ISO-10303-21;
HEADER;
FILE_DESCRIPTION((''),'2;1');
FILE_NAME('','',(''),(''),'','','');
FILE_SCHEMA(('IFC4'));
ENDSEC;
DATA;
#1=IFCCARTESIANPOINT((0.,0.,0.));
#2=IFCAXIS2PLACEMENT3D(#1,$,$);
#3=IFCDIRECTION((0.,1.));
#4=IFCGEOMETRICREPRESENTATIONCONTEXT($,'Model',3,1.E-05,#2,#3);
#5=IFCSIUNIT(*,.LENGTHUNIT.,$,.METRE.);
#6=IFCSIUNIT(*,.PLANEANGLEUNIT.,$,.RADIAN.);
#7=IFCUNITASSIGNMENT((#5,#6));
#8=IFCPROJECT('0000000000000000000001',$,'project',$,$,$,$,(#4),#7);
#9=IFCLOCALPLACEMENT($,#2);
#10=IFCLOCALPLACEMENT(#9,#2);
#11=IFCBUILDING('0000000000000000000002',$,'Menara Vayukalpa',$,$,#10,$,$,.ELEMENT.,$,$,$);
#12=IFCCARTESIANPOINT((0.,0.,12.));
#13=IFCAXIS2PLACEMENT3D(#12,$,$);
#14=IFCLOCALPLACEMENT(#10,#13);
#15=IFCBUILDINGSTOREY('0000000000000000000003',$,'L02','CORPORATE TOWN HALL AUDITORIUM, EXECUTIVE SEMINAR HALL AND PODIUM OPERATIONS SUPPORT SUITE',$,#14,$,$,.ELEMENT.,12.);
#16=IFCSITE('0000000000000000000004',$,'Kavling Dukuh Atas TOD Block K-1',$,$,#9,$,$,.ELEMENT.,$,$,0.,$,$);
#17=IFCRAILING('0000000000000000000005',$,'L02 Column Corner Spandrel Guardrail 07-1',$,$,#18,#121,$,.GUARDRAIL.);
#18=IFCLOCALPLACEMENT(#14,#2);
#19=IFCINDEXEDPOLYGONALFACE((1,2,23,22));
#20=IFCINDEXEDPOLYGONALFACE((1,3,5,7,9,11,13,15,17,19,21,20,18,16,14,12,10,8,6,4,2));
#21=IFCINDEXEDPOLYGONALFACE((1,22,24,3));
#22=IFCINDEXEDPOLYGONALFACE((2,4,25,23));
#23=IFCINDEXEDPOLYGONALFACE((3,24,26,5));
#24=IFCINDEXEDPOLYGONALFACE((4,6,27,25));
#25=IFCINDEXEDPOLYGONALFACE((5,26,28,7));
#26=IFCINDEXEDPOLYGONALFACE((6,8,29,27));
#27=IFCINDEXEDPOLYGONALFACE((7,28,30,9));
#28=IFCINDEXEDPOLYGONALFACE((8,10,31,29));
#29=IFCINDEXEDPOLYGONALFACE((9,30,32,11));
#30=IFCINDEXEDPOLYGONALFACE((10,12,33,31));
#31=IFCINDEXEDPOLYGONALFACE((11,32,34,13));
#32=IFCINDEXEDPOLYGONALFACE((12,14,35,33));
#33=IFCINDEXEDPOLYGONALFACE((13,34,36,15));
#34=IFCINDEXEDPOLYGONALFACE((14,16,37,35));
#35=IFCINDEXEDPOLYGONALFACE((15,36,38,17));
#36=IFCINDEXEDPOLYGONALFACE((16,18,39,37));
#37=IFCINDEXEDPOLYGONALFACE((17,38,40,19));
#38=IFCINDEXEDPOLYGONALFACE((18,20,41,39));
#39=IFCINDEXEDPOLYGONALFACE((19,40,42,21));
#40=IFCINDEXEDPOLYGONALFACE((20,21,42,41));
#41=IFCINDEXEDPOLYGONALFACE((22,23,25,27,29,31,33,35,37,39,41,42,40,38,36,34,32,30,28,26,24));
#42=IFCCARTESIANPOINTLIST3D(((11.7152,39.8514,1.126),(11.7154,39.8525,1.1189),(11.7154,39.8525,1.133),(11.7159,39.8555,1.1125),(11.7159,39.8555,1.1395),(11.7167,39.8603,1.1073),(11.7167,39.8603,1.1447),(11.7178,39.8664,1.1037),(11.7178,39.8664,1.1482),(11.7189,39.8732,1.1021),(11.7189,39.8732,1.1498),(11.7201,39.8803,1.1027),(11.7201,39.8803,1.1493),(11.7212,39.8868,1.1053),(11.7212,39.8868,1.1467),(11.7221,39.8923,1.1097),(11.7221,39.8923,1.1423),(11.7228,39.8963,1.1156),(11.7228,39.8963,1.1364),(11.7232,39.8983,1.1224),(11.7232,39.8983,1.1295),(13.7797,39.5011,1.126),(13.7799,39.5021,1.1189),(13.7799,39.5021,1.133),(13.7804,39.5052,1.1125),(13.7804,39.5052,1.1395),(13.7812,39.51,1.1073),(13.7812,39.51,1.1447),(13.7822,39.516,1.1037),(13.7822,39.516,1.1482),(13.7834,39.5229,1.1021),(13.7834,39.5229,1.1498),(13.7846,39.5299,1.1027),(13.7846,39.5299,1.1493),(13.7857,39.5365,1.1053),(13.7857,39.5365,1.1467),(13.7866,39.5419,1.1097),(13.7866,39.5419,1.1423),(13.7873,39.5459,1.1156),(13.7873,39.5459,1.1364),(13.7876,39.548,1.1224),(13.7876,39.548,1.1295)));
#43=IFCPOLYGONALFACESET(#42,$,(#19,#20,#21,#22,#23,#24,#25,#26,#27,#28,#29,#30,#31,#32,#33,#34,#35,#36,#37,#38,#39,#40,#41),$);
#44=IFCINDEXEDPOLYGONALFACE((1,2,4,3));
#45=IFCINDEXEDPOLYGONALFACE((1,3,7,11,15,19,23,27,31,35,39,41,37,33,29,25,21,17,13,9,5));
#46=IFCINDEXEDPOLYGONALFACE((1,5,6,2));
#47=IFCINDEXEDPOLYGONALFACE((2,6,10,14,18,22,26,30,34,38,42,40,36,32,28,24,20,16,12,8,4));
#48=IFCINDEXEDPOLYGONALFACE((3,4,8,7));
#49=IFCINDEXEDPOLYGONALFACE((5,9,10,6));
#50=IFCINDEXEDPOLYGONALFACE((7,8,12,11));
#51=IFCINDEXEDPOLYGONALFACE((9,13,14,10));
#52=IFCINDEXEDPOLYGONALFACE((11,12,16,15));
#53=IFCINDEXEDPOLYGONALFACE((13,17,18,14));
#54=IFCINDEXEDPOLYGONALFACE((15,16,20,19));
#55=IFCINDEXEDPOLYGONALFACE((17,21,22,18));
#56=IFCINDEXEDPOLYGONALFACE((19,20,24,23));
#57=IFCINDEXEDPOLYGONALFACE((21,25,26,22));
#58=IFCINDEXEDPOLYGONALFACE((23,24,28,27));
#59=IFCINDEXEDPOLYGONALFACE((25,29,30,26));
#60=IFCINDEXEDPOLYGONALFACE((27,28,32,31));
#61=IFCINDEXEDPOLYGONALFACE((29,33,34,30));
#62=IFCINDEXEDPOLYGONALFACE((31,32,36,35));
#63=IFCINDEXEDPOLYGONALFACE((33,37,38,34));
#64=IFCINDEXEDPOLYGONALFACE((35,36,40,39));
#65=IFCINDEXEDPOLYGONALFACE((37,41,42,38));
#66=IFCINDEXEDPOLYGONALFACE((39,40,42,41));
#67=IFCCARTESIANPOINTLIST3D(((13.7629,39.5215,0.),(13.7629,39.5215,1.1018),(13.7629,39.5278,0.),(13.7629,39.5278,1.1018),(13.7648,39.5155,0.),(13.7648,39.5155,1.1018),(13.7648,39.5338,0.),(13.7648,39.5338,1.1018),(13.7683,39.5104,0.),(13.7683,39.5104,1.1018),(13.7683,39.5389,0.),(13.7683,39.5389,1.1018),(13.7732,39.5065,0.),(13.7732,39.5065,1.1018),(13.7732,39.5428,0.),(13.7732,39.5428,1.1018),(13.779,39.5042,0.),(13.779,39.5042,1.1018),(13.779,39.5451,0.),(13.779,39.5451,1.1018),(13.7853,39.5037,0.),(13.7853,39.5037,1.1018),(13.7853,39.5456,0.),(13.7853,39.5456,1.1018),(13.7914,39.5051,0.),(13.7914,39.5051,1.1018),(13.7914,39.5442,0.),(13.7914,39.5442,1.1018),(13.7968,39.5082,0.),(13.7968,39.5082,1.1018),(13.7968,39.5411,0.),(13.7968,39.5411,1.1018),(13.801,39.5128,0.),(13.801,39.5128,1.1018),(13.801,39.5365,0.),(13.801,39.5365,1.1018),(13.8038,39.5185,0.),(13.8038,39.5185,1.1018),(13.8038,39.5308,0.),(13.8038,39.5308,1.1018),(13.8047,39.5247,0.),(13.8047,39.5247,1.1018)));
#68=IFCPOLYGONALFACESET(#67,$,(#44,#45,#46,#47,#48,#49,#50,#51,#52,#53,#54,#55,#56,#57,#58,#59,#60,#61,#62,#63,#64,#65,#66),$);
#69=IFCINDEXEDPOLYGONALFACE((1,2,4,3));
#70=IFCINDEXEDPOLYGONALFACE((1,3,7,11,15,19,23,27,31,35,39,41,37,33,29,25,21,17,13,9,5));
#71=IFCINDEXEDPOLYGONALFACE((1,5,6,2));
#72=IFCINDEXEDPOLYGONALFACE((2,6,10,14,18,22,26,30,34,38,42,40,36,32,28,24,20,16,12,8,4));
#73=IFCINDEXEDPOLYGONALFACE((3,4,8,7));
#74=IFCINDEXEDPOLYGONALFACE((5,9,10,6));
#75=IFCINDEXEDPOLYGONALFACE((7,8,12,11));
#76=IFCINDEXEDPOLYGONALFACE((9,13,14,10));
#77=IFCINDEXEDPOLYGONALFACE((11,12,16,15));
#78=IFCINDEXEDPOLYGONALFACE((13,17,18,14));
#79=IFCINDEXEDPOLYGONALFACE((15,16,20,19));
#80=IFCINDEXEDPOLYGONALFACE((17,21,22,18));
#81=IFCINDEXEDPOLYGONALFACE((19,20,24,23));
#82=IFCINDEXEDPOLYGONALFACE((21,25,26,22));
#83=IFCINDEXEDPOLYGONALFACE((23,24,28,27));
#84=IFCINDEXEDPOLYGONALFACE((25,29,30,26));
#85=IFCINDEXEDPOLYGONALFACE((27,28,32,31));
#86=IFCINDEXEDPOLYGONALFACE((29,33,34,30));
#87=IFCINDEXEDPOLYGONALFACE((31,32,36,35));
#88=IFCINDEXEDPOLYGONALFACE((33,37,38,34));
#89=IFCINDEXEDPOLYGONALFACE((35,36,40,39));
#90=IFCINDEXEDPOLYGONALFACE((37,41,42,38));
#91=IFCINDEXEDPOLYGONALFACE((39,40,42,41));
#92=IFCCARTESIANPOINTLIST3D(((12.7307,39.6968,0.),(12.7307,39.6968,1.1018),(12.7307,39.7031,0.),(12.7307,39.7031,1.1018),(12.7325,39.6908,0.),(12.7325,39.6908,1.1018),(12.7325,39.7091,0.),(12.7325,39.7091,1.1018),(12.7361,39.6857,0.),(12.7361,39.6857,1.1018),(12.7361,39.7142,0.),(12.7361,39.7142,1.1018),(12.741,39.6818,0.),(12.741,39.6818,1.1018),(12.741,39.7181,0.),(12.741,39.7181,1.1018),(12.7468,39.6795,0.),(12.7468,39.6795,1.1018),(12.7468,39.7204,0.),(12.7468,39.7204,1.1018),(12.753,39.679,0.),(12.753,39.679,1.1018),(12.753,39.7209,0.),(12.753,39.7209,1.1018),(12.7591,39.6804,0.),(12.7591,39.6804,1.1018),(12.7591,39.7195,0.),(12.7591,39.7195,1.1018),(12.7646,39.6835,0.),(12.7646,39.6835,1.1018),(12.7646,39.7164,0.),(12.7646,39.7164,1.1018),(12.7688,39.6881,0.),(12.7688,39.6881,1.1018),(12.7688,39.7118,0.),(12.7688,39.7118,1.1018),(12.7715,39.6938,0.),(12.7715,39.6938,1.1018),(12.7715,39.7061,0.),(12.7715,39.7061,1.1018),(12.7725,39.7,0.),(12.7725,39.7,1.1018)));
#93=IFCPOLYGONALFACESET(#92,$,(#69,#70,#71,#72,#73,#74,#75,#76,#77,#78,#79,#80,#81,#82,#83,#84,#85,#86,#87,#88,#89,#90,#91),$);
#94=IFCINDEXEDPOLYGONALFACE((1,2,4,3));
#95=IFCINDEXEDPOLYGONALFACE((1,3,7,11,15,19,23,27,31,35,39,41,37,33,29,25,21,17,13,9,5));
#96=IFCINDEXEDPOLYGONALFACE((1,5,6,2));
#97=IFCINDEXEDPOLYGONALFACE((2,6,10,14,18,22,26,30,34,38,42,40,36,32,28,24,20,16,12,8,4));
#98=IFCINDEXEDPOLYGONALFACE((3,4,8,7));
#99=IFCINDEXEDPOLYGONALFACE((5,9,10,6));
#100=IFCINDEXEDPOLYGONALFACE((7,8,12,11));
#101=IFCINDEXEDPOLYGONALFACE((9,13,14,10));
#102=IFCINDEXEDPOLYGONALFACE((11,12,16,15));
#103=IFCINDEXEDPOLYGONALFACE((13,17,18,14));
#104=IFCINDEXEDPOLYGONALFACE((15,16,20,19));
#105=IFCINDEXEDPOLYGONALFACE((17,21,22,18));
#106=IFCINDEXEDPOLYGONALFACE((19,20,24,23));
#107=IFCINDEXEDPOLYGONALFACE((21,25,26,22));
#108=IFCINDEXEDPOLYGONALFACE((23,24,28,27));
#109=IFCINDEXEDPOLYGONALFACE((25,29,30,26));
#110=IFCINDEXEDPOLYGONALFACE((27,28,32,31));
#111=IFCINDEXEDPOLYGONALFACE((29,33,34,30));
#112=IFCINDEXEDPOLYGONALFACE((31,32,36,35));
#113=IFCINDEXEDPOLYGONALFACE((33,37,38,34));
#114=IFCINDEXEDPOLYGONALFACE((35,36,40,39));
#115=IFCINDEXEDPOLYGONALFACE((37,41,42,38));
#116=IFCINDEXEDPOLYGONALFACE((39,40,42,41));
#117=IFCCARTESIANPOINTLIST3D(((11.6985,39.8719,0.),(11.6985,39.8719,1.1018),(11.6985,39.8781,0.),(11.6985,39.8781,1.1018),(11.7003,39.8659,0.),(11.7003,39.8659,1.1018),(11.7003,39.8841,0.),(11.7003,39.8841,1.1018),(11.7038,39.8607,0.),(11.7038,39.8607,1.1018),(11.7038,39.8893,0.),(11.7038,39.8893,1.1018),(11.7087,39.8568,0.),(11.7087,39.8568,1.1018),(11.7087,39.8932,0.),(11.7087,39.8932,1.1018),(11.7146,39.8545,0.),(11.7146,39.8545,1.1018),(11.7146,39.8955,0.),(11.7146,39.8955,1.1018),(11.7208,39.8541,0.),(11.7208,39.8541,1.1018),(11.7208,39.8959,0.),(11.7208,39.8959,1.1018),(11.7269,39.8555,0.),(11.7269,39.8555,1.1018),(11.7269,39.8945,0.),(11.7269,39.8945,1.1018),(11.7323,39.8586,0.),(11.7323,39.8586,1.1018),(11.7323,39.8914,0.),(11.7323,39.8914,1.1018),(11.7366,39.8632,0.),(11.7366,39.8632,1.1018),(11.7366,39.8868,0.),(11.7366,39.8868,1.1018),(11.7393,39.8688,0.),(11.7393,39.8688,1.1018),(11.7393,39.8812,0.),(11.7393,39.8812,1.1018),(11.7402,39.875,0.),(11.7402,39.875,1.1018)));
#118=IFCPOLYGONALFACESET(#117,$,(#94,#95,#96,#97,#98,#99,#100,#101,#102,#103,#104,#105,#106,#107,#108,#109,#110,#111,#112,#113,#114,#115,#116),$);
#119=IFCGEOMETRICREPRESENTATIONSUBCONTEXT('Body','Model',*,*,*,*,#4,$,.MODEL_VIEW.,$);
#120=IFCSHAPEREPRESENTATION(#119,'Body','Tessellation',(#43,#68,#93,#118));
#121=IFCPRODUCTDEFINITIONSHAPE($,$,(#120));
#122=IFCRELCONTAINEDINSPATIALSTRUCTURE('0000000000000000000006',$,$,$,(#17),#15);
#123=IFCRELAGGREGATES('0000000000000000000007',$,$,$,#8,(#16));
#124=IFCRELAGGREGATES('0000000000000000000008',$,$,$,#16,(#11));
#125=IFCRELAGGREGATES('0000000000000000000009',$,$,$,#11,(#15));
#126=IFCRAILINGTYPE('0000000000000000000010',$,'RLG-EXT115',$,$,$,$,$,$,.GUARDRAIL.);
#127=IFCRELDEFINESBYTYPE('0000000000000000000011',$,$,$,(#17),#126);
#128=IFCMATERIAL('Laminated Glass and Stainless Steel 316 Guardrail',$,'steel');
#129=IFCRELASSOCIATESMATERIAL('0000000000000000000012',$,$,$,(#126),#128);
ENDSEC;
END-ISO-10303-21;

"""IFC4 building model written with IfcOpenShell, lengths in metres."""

from ifc_helpers import new_model, si_unit, direction, frame, origin, origin_2d, place, context, subcontext, project, spatial, circle, extrude, material, type_object, element, save


model = new_model("IFC4")

# Units and contexts
model_context = context("Model", 3, precision=1e-05, world=origin(), true_north=direction((0.0, 1.0)))
body_context = subcontext(model_context, "Body", "Model", "MODEL_VIEW")
ifc_project = project(units=[si_unit("LENGTHUNIT", "METRE"), si_unit("PLANEANGLEUNIT", "RADIAN")], contexts=[model_context])

# Site, building, storey
site_placement = place(None, origin())
site = spatial("IfcSite", under=ifc_project, at=site_placement, Name="Kavling Dukuh Atas TOD Block K-1", CompositionType="ELEMENT", RefElevation=0.0)
building_placement = place(site_placement, origin())
building = spatial("IfcBuilding", under=site, at=building_placement, Name="Menara Vayukalpa", CompositionType="ELEMENT")
storey_placement = place(building_placement, frame((0.0, 0.0, 12.0)))
storey = spatial("IfcBuildingStorey", under=building, at=storey_placement, Name="L02", Description="CORPORATE TOWN HALL AUDITORIUM, EXECUTIVE SEMINAR HALL AND PODIUM OPERATIONS SUPPORT SUITE", CompositionType="ELEMENT", Elevation=12.0)

# Railing
ifc_material_1 = material(Name="Laminated Glass and Stainless Steel 316 Guardrail", Category="steel")
railing_type = type_object("IfcRailingType", Name="RLG-EXT115", PredefinedType="GUARDRAIL", material=ifc_material_1)
railing_1_placement = place(storey_placement, frame((13.7837, 39.5247, 0.0)))
element("IfcRailing", 1, at=railing_1_placement, inside=storey, type_object=railing_type, Name="L02 Column Corner Spandrel Guardrail 07-1", PredefinedType="GUARDRAIL", context=body_context, shape_type="SweptSolid", body=[
    extrude(circle(Radius=0.0239, at=origin_2d()), frame((0.0, 0.0, 1.126), z_axis=(-0.985904, 0.16731, 0.0), x_axis=(-0.16731, -0.985904, 0.0)), (0.0, 0.0, 1.0), 2.094),
    extrude(circle(Radius=0.021, at=origin_2d()), origin(), (0.0, 0.0, 1.0), 1.1018),
    extrude(circle(Radius=0.021, at=origin_2d()), frame((-1.0322, 0.1753, 0.0)), (0.0, 0.0, 1.0), 1.1018),
    extrude(circle(Radius=0.021, at=origin_2d()), frame((-2.0645, 0.3503, 0.0)), (0.0, 0.0, 1.0), 1.1018),
])

save(model, "model.ifc")
